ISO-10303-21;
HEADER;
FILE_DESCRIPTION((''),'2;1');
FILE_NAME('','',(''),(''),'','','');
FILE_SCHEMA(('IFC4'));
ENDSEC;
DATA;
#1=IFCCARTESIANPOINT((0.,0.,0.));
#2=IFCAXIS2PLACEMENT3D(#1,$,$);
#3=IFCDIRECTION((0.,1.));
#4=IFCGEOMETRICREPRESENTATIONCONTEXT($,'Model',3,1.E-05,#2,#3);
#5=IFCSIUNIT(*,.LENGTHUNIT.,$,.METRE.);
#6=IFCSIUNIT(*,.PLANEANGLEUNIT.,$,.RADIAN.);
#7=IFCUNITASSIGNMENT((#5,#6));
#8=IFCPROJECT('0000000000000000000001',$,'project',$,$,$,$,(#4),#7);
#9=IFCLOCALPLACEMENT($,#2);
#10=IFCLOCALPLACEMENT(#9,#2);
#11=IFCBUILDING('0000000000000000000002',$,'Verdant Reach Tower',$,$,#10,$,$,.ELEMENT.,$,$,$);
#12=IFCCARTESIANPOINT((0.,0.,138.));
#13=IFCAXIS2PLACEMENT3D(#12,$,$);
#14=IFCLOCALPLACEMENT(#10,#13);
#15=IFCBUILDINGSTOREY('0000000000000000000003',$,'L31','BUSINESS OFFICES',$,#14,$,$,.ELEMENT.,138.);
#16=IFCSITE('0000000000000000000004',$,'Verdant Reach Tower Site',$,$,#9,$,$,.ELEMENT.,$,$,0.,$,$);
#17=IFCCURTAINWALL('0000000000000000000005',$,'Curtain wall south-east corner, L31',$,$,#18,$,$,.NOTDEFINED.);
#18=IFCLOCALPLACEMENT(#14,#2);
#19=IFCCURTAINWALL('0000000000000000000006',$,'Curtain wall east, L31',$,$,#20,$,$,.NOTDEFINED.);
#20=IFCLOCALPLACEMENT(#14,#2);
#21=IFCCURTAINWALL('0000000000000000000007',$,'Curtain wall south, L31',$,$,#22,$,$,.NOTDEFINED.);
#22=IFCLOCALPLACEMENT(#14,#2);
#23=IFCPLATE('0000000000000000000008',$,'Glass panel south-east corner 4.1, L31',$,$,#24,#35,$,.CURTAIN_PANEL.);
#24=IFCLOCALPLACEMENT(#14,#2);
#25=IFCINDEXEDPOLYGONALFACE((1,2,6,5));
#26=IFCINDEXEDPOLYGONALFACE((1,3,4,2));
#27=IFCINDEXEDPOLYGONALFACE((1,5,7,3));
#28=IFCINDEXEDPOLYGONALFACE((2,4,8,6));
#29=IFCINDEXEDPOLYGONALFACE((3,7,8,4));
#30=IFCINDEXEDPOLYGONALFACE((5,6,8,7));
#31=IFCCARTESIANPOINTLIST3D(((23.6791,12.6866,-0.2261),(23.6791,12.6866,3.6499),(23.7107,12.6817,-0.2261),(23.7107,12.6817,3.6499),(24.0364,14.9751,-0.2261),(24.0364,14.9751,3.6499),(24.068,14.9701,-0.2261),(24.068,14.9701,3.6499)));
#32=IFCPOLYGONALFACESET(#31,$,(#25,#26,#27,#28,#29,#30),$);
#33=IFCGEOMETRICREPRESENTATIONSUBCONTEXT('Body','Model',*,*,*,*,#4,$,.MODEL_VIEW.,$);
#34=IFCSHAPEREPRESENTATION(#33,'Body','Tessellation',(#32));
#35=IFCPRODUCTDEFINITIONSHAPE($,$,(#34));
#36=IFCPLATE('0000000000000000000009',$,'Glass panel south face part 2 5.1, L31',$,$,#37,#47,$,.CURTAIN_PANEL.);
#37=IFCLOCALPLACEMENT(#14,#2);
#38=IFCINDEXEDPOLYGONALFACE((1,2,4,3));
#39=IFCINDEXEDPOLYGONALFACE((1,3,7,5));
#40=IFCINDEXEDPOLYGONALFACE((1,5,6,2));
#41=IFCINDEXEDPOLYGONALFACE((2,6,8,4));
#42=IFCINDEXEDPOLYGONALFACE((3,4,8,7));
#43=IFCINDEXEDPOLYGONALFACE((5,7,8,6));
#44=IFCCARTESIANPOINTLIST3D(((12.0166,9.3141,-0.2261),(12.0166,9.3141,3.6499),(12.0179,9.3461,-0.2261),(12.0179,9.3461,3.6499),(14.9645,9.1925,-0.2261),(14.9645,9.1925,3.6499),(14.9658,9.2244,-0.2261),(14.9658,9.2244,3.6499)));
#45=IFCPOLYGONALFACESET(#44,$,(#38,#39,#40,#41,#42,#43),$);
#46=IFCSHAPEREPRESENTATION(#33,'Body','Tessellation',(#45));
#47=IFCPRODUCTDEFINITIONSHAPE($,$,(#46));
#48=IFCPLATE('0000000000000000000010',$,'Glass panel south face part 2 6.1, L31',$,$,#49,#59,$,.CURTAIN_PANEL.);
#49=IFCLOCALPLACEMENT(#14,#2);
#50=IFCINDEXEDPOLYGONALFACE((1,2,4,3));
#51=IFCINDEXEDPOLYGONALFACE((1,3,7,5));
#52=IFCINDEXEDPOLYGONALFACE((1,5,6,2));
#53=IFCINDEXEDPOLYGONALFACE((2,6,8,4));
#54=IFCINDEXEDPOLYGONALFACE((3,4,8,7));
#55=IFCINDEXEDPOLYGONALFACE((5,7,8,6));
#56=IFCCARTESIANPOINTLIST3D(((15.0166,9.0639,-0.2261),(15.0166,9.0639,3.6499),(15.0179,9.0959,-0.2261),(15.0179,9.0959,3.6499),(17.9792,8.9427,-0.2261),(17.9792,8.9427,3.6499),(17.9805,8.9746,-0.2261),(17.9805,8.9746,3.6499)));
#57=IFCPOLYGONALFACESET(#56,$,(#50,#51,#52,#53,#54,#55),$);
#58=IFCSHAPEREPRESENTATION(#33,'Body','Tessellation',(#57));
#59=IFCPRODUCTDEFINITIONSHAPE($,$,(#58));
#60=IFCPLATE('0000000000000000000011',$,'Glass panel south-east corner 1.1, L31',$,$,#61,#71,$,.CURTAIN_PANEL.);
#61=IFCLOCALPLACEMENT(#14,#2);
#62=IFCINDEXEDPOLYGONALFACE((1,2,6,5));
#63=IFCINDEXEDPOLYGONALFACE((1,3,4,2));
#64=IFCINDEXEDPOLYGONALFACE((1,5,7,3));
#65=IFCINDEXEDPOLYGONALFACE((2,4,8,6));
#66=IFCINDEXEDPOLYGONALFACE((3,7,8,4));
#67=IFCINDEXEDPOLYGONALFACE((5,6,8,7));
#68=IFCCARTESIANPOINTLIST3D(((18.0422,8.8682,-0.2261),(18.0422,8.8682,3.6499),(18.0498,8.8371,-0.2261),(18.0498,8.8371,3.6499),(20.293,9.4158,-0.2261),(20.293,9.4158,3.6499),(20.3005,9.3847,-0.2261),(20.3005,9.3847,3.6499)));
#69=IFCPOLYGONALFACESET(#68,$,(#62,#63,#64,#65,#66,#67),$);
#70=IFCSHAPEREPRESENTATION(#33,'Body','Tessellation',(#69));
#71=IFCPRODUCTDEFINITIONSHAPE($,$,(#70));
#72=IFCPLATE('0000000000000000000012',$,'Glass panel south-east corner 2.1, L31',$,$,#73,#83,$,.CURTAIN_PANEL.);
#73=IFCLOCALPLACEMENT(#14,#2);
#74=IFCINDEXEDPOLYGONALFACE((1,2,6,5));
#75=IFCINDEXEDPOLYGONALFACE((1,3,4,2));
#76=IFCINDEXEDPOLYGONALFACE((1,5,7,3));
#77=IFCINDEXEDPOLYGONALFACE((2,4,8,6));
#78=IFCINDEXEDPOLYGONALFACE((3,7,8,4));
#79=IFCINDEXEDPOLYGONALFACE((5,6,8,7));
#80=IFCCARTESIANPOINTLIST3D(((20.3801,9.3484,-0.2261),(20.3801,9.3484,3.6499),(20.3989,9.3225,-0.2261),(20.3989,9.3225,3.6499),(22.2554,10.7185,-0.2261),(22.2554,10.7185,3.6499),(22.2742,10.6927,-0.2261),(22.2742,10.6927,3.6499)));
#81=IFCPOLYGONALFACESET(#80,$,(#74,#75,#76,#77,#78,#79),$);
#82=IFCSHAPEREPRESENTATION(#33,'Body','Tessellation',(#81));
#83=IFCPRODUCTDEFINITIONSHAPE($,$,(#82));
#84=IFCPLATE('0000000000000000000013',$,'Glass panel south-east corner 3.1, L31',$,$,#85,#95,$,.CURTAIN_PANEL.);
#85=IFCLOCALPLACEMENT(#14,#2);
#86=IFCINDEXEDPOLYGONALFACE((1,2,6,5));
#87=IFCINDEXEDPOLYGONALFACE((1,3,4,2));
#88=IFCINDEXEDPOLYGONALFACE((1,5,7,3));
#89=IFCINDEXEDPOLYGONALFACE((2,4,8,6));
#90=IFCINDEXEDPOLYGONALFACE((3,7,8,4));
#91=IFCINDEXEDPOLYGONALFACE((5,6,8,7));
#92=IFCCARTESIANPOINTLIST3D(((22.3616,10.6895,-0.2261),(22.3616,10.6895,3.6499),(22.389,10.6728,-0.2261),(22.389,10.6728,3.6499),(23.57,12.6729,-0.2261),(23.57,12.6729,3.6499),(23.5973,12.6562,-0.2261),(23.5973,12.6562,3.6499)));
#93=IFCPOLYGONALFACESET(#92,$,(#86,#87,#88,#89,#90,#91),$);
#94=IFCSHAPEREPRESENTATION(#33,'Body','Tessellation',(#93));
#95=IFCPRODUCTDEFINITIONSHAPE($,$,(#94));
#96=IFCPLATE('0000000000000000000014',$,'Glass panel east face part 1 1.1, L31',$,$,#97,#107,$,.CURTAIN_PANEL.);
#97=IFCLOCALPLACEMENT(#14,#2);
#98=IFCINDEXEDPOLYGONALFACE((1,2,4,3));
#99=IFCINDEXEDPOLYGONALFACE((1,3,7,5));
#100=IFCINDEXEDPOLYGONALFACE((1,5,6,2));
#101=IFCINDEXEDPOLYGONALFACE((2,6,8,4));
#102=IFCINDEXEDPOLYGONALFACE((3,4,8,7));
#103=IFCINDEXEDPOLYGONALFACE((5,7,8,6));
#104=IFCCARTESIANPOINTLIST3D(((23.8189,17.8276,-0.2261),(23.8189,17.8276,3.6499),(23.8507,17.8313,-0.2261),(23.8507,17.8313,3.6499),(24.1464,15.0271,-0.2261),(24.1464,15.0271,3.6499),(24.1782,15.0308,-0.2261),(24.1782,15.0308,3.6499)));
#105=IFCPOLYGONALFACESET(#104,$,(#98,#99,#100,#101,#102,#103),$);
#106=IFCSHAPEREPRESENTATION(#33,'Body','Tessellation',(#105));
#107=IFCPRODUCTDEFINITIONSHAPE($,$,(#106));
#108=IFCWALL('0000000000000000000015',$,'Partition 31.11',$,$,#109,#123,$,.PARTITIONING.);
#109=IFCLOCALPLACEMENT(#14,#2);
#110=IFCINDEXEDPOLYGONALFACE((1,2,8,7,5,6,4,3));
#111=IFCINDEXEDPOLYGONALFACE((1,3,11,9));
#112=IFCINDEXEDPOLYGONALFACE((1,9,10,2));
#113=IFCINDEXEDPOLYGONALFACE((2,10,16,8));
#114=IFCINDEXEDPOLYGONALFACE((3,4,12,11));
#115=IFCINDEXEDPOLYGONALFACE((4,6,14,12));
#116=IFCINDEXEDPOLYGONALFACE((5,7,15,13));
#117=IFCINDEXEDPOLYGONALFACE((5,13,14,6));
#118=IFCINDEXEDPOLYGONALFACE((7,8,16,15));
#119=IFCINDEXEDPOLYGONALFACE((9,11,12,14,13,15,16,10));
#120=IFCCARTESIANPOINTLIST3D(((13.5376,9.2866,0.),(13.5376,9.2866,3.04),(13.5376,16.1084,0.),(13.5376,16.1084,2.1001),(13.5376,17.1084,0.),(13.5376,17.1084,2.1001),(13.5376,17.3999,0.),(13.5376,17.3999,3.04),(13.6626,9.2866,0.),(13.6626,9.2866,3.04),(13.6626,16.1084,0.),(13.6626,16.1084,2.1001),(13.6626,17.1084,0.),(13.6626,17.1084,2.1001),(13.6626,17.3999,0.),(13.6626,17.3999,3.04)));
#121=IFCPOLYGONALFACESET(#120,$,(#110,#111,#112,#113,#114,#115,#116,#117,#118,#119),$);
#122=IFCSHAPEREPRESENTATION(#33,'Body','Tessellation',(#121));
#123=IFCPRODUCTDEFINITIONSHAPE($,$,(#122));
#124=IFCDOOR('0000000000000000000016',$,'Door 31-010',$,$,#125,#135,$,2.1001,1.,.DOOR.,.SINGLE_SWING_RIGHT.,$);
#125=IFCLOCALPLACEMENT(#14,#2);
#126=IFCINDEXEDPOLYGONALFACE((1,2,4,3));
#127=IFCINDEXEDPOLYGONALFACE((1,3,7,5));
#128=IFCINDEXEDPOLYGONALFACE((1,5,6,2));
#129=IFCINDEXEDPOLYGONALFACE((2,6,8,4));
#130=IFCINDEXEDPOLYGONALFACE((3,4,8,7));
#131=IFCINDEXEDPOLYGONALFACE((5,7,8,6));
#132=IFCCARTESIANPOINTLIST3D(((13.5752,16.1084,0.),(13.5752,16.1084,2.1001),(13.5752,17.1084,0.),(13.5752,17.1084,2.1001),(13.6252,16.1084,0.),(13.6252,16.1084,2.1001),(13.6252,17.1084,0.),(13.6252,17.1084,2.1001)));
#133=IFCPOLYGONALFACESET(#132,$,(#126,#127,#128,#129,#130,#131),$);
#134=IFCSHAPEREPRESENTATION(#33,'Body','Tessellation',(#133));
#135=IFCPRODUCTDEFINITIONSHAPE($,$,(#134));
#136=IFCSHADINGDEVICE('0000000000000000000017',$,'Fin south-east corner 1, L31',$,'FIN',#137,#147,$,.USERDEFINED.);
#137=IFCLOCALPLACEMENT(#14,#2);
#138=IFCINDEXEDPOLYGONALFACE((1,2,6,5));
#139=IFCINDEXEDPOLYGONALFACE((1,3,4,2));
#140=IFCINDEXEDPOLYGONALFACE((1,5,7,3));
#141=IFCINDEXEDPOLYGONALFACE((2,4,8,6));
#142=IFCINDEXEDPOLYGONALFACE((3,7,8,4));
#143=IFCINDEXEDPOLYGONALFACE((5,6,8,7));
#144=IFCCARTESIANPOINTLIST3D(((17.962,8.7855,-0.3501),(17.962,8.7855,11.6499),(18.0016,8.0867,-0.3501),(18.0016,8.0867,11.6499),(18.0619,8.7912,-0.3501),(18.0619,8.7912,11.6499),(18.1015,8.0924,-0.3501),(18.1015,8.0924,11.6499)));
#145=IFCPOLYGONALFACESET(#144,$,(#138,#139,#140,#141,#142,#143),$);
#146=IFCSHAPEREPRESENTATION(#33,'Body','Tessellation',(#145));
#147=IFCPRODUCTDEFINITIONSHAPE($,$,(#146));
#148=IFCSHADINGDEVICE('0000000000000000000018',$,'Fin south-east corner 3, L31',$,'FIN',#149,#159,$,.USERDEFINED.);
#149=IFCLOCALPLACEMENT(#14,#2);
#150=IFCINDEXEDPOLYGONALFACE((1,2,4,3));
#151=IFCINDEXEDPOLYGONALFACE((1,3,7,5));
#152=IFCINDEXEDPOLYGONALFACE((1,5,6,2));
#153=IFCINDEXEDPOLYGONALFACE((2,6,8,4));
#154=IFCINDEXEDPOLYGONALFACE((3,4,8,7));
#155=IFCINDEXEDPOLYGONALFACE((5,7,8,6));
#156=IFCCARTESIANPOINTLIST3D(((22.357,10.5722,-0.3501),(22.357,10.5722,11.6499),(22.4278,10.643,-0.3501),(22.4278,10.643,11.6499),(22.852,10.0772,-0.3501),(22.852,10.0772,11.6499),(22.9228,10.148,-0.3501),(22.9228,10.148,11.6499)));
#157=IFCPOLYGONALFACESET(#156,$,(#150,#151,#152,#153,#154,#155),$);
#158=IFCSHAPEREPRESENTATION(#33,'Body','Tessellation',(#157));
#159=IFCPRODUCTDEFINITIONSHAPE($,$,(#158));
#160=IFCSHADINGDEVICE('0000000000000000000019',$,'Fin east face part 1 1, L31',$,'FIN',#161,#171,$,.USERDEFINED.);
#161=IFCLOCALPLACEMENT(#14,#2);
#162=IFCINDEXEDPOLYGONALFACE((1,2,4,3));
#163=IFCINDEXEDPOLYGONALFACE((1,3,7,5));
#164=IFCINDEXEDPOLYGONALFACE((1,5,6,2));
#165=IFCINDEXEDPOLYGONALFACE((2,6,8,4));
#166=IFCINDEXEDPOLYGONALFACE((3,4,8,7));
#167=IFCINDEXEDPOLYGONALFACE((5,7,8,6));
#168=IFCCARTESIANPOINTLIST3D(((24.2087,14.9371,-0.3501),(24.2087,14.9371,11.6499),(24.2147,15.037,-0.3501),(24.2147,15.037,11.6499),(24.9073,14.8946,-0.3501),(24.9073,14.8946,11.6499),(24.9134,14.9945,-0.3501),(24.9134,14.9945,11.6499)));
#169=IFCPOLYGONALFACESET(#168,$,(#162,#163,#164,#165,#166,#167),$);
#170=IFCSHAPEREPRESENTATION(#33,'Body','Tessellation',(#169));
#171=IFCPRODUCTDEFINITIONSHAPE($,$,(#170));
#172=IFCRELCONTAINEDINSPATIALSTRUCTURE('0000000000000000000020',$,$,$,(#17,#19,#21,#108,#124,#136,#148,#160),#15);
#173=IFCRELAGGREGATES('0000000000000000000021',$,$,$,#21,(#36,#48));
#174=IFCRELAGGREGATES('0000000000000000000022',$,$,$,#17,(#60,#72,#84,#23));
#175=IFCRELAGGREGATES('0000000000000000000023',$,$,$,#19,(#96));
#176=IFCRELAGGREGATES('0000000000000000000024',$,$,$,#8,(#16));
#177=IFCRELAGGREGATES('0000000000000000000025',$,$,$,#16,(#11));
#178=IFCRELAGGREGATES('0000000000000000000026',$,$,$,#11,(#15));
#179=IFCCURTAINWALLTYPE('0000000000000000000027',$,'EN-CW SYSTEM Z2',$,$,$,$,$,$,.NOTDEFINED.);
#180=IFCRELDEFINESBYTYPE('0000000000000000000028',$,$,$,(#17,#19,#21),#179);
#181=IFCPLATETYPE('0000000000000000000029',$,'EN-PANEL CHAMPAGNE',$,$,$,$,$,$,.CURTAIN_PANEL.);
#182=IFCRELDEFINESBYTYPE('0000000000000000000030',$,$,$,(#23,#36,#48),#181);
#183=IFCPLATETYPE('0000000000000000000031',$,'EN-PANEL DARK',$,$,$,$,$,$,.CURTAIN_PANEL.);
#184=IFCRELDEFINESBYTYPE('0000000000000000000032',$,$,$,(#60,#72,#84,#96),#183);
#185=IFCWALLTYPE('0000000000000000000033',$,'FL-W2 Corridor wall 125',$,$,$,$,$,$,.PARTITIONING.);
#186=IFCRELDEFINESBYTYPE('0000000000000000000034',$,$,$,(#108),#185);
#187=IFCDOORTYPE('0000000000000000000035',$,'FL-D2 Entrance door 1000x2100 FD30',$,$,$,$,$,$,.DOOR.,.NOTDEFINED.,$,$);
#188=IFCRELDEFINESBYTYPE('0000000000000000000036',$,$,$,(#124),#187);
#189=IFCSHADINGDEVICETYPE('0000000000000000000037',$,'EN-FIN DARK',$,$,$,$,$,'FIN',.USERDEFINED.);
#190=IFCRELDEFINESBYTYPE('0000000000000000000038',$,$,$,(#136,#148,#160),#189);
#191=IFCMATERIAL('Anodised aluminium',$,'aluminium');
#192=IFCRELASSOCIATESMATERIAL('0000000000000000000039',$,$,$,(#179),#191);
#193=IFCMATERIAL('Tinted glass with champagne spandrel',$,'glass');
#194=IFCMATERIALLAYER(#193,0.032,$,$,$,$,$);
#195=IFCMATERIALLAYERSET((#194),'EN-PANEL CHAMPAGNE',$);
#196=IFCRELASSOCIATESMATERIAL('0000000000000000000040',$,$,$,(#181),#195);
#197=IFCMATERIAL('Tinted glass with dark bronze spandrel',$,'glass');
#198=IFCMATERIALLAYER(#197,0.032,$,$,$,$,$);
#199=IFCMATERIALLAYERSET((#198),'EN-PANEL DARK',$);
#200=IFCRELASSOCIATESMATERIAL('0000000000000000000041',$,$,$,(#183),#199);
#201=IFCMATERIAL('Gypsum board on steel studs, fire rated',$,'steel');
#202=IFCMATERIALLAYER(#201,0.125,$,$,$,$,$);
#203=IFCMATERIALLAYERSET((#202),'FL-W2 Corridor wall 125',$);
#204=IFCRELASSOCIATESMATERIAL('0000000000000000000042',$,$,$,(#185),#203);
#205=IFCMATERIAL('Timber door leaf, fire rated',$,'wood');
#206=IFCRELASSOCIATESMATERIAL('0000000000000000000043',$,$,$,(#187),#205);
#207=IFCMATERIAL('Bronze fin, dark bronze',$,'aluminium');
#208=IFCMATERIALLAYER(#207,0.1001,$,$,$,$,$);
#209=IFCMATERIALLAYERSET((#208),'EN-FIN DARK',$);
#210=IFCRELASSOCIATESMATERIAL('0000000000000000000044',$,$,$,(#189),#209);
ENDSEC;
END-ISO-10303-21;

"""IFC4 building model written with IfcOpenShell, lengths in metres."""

from ifc_helpers import new_model, si_unit, direction, frame, frame_2d, origin, origin_2d, place, context, subcontext, project, spatial, rectangle, extrude, material, layer, layer_set, type_object, element, fill, aggregate, save


model = new_model("IFC4")

# Units and contexts
model_context = context("Model", 3, precision=1e-05, world=origin(), true_north=direction((0.0, 1.0)))
body_context = subcontext(model_context, "Body", "Model", "MODEL_VIEW")
ifc_project = project(units=[si_unit("LENGTHUNIT", "METRE"), si_unit("PLANEANGLEUNIT", "RADIAN")], contexts=[model_context])

# Site, building, storey
site_placement = place(None, origin())
site = spatial("IfcSite", under=ifc_project, at=site_placement, Name="Verdant Reach Tower Site", CompositionType="ELEMENT", RefElevation=0.0)
building_placement = place(site_placement, origin())
building = spatial("IfcBuilding", under=site, at=building_placement, Name="Verdant Reach Tower", CompositionType="ELEMENT")
storey_placement = place(building_placement, frame((0.0, 0.0, 138.0)))
storey = spatial("IfcBuildingStorey", under=building, at=storey_placement, Name="L31", Description="BUSINESS OFFICES", CompositionType="ELEMENT", Elevation=138.0)

# Curtain wall
ifc_material_1 = material(Name="Anodised aluminium", Category="aluminium")
curtain_wall_type = type_object("IfcCurtainWallType", Name="EN-CW SYSTEM Z2", PredefinedType="NOTDEFINED", material=ifc_material_1)
curtain_wall_1_placement = place(storey_placement, origin())
curtain_wall_1 = element("IfcCurtainWall", 1, at=curtain_wall_1_placement, inside=storey, type_object=curtain_wall_type, Name="Curtain wall south-east corner, L31", PredefinedType="NOTDEFINED")

# Curtain walls
curtain_wall_2_placement = place(storey_placement, origin())
curtain_wall_2 = element("IfcCurtainWall", 2, at=curtain_wall_2_placement, inside=storey, type_object=curtain_wall_type, Name="Curtain wall east, L31", PredefinedType="NOTDEFINED")
curtain_wall_3_placement = place(storey_placement, origin())
curtain_wall_3 = element("IfcCurtainWall", 3, at=curtain_wall_3_placement, inside=storey, type_object=curtain_wall_type, Name="Curtain wall south, L31", PredefinedType="NOTDEFINED")

# Plates
ifc_material_2 = material(Name="Tinted glass with champagne spandrel", Category="glass")
ifc_layer_1 = layer(ifc_material_2, 0.032)
ifc_layer_set_1 = layer_set([ifc_layer_1], Name="EN-PANEL CHAMPAGNE")
plate_type_1 = type_object("IfcPlateType", Name="EN-PANEL CHAMPAGNE", PredefinedType="CURTAIN_PANEL", material=ifc_layer_set_1)
plate_1_placement = place(storey_placement, frame((23.8735, 13.8284, -0.2261), z_axis=(0.0, 0.0, 1.0), x_axis=(0.154281, 0.988027, 0.0)))
plate_1 = element("IfcPlate", 4, at=plate_1_placement, type_object=plate_type_1, Name="Glass panel south-east corner 4.1, L31", PredefinedType="CURTAIN_PANEL", context=body_context, shape_type="SweptSolid", body=[
    extrude(rectangle(XDim=2.3162, YDim=0.032, at=origin_2d()), origin(), (0.0, 0.0, 1.0), 3.876),
])
plate_2_placement = place(storey_placement, frame((13.4912, 9.2693, -0.2261), z_axis=(0.0, 0.0, 1.0), x_axis=(0.999149, -0.041242, 0.0)))
plate_2 = element("IfcPlate", 5, at=plate_2_placement, type_object=plate_type_1, Name="Glass panel south face part 2 5.1, L31", PredefinedType="CURTAIN_PANEL", context=body_context, shape_type="SweptSolid", body=[
    extrude(rectangle(XDim=2.9504, YDim=0.032, at=origin_2d()), origin(), (0.0, 0.0, 1.0), 3.876),
])
plate_3_placement = place(storey_placement, frame((16.4985, 9.0193, -0.2261), z_axis=(0.0, 0.0, 1.0), x_axis=(0.999163, -0.0409, 0.0)))
plate_3 = element("IfcPlate", 6, at=plate_3_placement, type_object=plate_type_1, Name="Glass panel south face part 2 6.1, L31", PredefinedType="CURTAIN_PANEL", context=body_context, shape_type="SweptSolid", body=[
    extrude(rectangle(XDim=2.9651, YDim=0.032, at=origin_2d()), origin(), (0.0, 0.0, 1.0), 3.876),
])
aggregate(curtain_wall_3, [plate_2, plate_3])
ifc_material_3 = material(Name="Tinted glass with dark bronze spandrel", Category="glass")
ifc_layer_2 = layer(ifc_material_3, 0.032)
ifc_layer_set_2 = layer_set([ifc_layer_2], Name="EN-PANEL DARK")
plate_type_2 = type_object("IfcPlateType", Name="EN-PANEL DARK", PredefinedType="CURTAIN_PANEL", material=ifc_layer_set_2)
plate_4_placement = place(storey_placement, frame((19.1714, 9.1265, -0.2261), z_axis=(0.0, 0.0, 1.0), x_axis=(0.971658, 0.236391, 0.0)))
plate_4 = element("IfcPlate", 7, at=plate_4_placement, type_object=plate_type_2, Name="Glass panel south-east corner 1.1, L31", PredefinedType="CURTAIN_PANEL", context=body_context, shape_type="SweptSolid", body=[
    extrude(rectangle(XDim=2.3164, YDim=0.032, at=origin_2d()), origin(), (0.0, 0.0, 1.0), 3.876),
])
plate_5_placement = place(storey_placement, frame((21.3271, 10.0205, -0.2261), z_axis=(0.0, 0.0, 1.0), x_axis=(0.807457, 0.589927, 0.0)))
plate_5 = element("IfcPlate", 8, at=plate_5_placement, type_object=plate_type_2, Name="Glass panel south-east corner 2.1, L31", PredefinedType="CURTAIN_PANEL", context=body_context, shape_type="SweptSolid", body=[
    extrude(rectangle(XDim=2.3225, YDim=0.032, at=origin_2d()), origin(), (0.0, 0.0, 1.0), 3.876),
])
plate_6_placement = place(storey_placement, frame((22.9795, 11.6729, -0.2261), z_axis=(0.0, 0.0, 1.0), x_axis=(0.520292, 0.853989, 0.0)))
plate_6 = element("IfcPlate", 9, at=plate_6_placement, type_object=plate_type_2, Name="Glass panel south-east corner 3.1, L31", PredefinedType="CURTAIN_PANEL", context=body_context, shape_type="SweptSolid", body=[
    extrude(rectangle(XDim=2.3225, YDim=0.032, at=origin_2d()), origin(), (0.0, 0.0, 1.0), 3.876),
])
aggregate(curtain_wall_1, [plate_4, plate_5, plate_6, plate_1])
plate_7_placement = place(storey_placement, frame((23.9985, 16.4292, -0.2261), z_axis=(0.0, 0.0, 1.0), x_axis=(-0.116147, 0.993232, 0.0)))
plate_7 = element("IfcPlate", 10, at=plate_7_placement, type_object=plate_type_2, Name="Glass panel east face part 1 1.1, L31", PredefinedType="CURTAIN_PANEL", context=body_context, shape_type="SweptSolid", body=[
    extrude(rectangle(XDim=2.8196, YDim=0.032, at=origin_2d()), origin(), (0.0, 0.0, 1.0), 3.876),
])
aggregate(curtain_wall_2, [plate_7])

# Wall, opening, door
ifc_material_4 = material(Name="Gypsum board on steel studs, fire rated", Category="steel")
ifc_layer_3 = layer(ifc_material_4, 0.125)
ifc_layer_set_3 = layer_set([ifc_layer_3], Name="FL-W2 Corridor wall 125")
wall_type = type_object("IfcWallType", Name="FL-W2 Corridor wall 125", PredefinedType="PARTITIONING", material=ifc_layer_set_3)
wall_placement = place(storey_placement, frame((13.6001, 9.2866, 0.0), z_axis=(0.0, 0.0, 1.0), x_axis=(0.0, 1.0, 0.0)))
wall = element("IfcWall", 11, at=wall_placement, inside=storey, type_object=wall_type, Name="Partition 31.11", PredefinedType="PARTITIONING", context=body_context, shape_type="SweptSolid", body=[
    extrude(rectangle(XDim=8.1133, YDim=0.125, at=frame_2d((4.0566, 0.0))), origin(), (0.0, 0.0, 1.0), 3.04),
])
opening_placement = place(wall_placement, frame((6.8218, 0.0, 0.0)))
opening = element("IfcOpeningElement", 12, at=opening_placement, cuts=wall, PredefinedType="OPENING", context=body_context, shape_type="SweptSolid", body=[
    extrude(rectangle(XDim=1.0, YDim=2.1001, at=frame_2d((0.5, 1.05))), frame((0.0, 0.0725, 0.0), z_axis=(0.0, -1.0, 0.0), x_axis=(1.0, 0.0, 0.0)), (0.0, 0.0, 1.0), 0.145),
])
ifc_material_5 = material(Name="Timber door leaf, fire rated", Category="wood")
door_type = type_object("IfcDoorType", Name="FL-D2 Entrance door 1000x2100 FD30", OperationType="NOTDEFINED", PredefinedType="DOOR", material=ifc_material_5)
door_placement = place(opening_placement, origin())
door = element("IfcDoor", 13, at=door_placement, inside=storey, type_object=door_type, Name="Door 31-010", OperationType="SINGLE_SWING_RIGHT", OverallHeight=2.1001, OverallWidth=1.0, PredefinedType="DOOR", context=body_context, shape_type="SweptSolid", body=[
    extrude(rectangle(XDim=1.0, YDim=2.1001, at=frame_2d((0.5, 1.05))), frame((0.0, 0.0249, 0.0), z_axis=(0.0, -1.0, 0.0), x_axis=(1.0, 0.0, 0.0)), (0.0, 0.0, 1.0), 0.05),
])
fill(opening, door)

# Shading devices
ifc_material_6 = material(Name="Bronze fin, dark bronze", Category="aluminium")
ifc_layer_4 = layer(ifc_material_6, 0.1001)
ifc_layer_set_4 = layer_set([ifc_layer_4], Name="EN-FIN DARK")
shading_device_type = type_object("IfcShadingDeviceType", Name="EN-FIN DARK", ElementType="FIN", PredefinedType="USERDEFINED", material=ifc_layer_set_4)
for number, where, z_axis, x_axis, name in (
    (14, (18.0317, 8.439, -0.3501), (0.0, 0.0, 1.0), (0.998399, 0.056569, 0.0), "Fin south-east corner 1, L31"),
    (15, (22.6399, 10.3601, -0.3501), (0.0, 0.0, 1.0), (0.707107, 0.707107, 0.0), "Fin south-east corner 3, L31"),
    (16, (24.561, 14.9658, -0.3501), (0.0, 0.0, 1.0), (0.060703, 0.998156, 0.0), "Fin east face part 1 1, L31"),
):
    element("IfcShadingDevice", number, at=place(storey_placement, frame(where, z_axis=z_axis, x_axis=x_axis)), inside=storey, type_object=shading_device_type, Name=name, ObjectType="FIN", PredefinedType="USERDEFINED", context=body_context, shape_type="SweptSolid", body=[
        extrude(rectangle(XDim=0.1001, YDim=0.7, at=origin_2d()), origin(), (0.0, 0.0, 1.0), 12.0),
    ])

save(model, "model.ifc")
